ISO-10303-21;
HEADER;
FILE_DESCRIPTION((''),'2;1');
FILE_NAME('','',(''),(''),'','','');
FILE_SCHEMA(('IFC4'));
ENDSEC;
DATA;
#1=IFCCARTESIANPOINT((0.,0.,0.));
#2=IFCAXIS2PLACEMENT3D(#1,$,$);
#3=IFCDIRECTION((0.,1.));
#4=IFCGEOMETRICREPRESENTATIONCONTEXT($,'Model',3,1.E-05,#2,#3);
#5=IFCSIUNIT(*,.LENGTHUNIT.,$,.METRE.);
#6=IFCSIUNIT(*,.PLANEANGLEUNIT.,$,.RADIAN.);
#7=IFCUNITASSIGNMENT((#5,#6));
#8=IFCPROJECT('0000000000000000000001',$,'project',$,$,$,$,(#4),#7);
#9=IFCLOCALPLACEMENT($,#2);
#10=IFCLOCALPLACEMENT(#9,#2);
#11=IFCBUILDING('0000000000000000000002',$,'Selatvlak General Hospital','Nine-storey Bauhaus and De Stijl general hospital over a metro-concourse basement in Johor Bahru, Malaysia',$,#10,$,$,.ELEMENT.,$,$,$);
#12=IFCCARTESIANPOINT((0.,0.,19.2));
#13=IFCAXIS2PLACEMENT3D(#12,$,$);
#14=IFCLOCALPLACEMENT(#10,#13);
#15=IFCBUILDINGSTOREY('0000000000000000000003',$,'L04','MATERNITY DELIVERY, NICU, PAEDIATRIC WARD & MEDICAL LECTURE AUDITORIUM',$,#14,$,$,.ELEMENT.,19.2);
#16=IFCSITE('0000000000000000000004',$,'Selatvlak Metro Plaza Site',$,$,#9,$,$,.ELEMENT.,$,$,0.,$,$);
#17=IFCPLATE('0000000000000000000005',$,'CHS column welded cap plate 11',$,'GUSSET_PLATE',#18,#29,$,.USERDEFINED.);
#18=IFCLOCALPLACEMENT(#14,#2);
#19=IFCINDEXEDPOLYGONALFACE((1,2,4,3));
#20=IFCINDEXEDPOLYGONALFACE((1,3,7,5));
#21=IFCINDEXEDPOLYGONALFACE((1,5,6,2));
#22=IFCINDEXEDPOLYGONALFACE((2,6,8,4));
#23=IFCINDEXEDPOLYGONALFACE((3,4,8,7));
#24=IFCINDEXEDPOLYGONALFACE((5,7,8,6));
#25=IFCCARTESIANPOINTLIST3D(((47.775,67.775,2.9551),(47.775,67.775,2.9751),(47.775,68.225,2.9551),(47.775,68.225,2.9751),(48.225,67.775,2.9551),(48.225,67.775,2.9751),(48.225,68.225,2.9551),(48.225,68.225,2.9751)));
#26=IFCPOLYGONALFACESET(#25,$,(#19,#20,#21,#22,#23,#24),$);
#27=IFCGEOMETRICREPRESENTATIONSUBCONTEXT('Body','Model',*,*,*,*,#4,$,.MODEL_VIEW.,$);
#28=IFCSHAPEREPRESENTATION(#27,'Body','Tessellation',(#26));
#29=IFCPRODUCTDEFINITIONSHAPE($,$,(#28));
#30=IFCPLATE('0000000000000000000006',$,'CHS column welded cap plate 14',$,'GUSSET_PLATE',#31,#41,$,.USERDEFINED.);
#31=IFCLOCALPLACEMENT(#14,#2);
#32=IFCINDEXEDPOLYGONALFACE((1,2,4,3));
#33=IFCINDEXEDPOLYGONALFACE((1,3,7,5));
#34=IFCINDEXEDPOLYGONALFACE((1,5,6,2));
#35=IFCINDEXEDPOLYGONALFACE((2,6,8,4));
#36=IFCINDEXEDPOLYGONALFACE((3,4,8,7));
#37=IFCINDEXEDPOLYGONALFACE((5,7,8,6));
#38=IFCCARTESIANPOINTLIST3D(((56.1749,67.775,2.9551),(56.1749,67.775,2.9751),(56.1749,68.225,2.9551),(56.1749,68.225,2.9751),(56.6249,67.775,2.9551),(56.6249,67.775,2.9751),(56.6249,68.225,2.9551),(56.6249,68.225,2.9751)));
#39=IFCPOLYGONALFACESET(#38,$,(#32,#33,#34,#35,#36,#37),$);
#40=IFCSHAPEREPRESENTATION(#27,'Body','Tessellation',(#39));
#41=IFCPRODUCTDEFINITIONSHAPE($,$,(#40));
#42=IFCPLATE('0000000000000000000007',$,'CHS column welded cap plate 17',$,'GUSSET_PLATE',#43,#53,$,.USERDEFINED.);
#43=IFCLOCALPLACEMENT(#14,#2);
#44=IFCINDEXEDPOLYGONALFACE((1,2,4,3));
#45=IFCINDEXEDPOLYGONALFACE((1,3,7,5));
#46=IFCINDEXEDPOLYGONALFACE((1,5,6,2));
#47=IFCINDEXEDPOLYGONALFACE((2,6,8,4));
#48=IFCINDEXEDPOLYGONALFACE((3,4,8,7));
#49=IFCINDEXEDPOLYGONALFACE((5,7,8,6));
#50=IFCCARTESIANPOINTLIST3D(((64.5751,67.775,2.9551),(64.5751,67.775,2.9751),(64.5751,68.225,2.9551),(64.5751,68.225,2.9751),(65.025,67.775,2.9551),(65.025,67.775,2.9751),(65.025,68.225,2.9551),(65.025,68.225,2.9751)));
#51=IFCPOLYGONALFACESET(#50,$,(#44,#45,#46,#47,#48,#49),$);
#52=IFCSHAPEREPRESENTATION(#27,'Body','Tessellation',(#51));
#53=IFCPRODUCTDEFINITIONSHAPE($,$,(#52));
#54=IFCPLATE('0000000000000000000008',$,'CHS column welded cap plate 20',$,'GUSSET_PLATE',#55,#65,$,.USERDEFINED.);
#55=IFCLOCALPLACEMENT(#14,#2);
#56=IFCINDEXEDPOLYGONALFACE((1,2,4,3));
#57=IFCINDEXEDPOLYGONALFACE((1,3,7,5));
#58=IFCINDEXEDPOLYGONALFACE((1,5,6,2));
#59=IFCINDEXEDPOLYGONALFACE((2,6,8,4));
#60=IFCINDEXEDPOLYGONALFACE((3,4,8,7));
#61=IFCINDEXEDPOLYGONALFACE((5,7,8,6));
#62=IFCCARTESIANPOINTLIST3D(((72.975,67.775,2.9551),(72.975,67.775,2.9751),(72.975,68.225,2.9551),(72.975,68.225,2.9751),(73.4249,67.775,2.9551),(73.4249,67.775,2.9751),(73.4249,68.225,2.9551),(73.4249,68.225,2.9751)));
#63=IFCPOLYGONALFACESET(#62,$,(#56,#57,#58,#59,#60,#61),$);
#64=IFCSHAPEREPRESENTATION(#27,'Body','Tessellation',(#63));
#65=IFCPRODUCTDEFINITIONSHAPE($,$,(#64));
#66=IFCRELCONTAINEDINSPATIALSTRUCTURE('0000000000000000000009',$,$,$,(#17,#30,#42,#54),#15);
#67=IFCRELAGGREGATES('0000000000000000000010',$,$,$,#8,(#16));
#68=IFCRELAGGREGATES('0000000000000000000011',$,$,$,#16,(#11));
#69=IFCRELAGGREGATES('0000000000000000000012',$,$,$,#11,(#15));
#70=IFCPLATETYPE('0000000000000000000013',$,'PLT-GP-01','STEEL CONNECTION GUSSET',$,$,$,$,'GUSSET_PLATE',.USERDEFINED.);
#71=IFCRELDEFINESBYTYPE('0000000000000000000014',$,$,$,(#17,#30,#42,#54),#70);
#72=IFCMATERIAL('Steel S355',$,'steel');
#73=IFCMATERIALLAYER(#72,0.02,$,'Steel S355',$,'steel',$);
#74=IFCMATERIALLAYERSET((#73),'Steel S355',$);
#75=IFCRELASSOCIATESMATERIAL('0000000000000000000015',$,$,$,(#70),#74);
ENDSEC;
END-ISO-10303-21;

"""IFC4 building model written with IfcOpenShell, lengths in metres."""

from ifc_helpers import new_model, si_unit, direction, frame, origin, origin_2d, place, context, subcontext, project, spatial, rectangle, extrude, material, layer, layer_set, type_object, element, save


model = new_model("IFC4")

# Units and contexts
model_context = context("Model", 3, precision=1e-05, world=origin(), true_north=direction((0.0, 1.0)))
body_context = subcontext(model_context, "Body", "Model", "MODEL_VIEW")
ifc_project = project(units=[si_unit("LENGTHUNIT", "METRE"), si_unit("PLANEANGLEUNIT", "RADIAN")], contexts=[model_context])

# Site, building, storey
site_placement = place(None, origin())
site = spatial("IfcSite", under=ifc_project, at=site_placement, Name="Selatvlak Metro Plaza Site", CompositionType="ELEMENT", RefElevation=0.0)
building_placement = place(site_placement, origin())
building = spatial("IfcBuilding", under=site, at=building_placement, Name="Selatvlak General Hospital", Description="Nine-storey Bauhaus and De Stijl general hospital over a metro-concourse basement in Johor Bahru, Malaysia", CompositionType="ELEMENT")
storey_placement = place(building_placement, frame((0.0, 0.0, 19.2)))
storey = spatial("IfcBuildingStorey", under=building, at=storey_placement, Name="L04", Description="MATERNITY DELIVERY, NICU, PAEDIATRIC WARD & MEDICAL LECTURE AUDITORIUM", CompositionType="ELEMENT", Elevation=19.2)

# Shared definitions
ifc_material_1 = material(Name="Steel S355", Category="steel")

# Plates
ifc_layer = layer(ifc_material_1, 0.02, Name="Steel S355", Category="steel")
ifc_layer_set = layer_set([ifc_layer], Name="Steel S355")
plate_type = type_object("IfcPlateType", Name="PLT-GP-01", Description="STEEL CONNECTION GUSSET", ElementType="GUSSET_PLATE", PredefinedType="USERDEFINED", material=ifc_layer_set)
for number, where, z_axis, x_axis, name in (
    (1, (48.0, 68.0, 2.9551), (0.0, 0.0, 1.0), (1.0, 0.0, 0.0), "CHS column welded cap plate 11"),
    (2, (56.3999, 68.0, 2.9551), (0.0, 0.0, 1.0), (1.0, 0.0, 0.0), "CHS column welded cap plate 14"),
    (3, (64.8, 68.0, 2.9551), (0.0, 0.0, 1.0), (1.0, 0.0, 0.0), "CHS column welded cap plate 17"),
    (4, (73.2, 68.0, 2.9551), (0.0, 0.0, 1.0), (1.0, 0.0, 0.0), "CHS column welded cap plate 20"),
):
    element("IfcPlate", number, at=place(storey_placement, frame(where, z_axis=z_axis, x_axis=x_axis)), inside=storey, type_object=plate_type, Name=name, ObjectType="GUSSET_PLATE", PredefinedType="USERDEFINED", context=body_context, shape_type="SweptSolid", body=[
        extrude(rectangle(XDim=0.45, YDim=0.45, at=origin_2d()), origin(), (0.0, 0.0, 1.0), 0.02),
    ])

save(model, "model.ifc")
